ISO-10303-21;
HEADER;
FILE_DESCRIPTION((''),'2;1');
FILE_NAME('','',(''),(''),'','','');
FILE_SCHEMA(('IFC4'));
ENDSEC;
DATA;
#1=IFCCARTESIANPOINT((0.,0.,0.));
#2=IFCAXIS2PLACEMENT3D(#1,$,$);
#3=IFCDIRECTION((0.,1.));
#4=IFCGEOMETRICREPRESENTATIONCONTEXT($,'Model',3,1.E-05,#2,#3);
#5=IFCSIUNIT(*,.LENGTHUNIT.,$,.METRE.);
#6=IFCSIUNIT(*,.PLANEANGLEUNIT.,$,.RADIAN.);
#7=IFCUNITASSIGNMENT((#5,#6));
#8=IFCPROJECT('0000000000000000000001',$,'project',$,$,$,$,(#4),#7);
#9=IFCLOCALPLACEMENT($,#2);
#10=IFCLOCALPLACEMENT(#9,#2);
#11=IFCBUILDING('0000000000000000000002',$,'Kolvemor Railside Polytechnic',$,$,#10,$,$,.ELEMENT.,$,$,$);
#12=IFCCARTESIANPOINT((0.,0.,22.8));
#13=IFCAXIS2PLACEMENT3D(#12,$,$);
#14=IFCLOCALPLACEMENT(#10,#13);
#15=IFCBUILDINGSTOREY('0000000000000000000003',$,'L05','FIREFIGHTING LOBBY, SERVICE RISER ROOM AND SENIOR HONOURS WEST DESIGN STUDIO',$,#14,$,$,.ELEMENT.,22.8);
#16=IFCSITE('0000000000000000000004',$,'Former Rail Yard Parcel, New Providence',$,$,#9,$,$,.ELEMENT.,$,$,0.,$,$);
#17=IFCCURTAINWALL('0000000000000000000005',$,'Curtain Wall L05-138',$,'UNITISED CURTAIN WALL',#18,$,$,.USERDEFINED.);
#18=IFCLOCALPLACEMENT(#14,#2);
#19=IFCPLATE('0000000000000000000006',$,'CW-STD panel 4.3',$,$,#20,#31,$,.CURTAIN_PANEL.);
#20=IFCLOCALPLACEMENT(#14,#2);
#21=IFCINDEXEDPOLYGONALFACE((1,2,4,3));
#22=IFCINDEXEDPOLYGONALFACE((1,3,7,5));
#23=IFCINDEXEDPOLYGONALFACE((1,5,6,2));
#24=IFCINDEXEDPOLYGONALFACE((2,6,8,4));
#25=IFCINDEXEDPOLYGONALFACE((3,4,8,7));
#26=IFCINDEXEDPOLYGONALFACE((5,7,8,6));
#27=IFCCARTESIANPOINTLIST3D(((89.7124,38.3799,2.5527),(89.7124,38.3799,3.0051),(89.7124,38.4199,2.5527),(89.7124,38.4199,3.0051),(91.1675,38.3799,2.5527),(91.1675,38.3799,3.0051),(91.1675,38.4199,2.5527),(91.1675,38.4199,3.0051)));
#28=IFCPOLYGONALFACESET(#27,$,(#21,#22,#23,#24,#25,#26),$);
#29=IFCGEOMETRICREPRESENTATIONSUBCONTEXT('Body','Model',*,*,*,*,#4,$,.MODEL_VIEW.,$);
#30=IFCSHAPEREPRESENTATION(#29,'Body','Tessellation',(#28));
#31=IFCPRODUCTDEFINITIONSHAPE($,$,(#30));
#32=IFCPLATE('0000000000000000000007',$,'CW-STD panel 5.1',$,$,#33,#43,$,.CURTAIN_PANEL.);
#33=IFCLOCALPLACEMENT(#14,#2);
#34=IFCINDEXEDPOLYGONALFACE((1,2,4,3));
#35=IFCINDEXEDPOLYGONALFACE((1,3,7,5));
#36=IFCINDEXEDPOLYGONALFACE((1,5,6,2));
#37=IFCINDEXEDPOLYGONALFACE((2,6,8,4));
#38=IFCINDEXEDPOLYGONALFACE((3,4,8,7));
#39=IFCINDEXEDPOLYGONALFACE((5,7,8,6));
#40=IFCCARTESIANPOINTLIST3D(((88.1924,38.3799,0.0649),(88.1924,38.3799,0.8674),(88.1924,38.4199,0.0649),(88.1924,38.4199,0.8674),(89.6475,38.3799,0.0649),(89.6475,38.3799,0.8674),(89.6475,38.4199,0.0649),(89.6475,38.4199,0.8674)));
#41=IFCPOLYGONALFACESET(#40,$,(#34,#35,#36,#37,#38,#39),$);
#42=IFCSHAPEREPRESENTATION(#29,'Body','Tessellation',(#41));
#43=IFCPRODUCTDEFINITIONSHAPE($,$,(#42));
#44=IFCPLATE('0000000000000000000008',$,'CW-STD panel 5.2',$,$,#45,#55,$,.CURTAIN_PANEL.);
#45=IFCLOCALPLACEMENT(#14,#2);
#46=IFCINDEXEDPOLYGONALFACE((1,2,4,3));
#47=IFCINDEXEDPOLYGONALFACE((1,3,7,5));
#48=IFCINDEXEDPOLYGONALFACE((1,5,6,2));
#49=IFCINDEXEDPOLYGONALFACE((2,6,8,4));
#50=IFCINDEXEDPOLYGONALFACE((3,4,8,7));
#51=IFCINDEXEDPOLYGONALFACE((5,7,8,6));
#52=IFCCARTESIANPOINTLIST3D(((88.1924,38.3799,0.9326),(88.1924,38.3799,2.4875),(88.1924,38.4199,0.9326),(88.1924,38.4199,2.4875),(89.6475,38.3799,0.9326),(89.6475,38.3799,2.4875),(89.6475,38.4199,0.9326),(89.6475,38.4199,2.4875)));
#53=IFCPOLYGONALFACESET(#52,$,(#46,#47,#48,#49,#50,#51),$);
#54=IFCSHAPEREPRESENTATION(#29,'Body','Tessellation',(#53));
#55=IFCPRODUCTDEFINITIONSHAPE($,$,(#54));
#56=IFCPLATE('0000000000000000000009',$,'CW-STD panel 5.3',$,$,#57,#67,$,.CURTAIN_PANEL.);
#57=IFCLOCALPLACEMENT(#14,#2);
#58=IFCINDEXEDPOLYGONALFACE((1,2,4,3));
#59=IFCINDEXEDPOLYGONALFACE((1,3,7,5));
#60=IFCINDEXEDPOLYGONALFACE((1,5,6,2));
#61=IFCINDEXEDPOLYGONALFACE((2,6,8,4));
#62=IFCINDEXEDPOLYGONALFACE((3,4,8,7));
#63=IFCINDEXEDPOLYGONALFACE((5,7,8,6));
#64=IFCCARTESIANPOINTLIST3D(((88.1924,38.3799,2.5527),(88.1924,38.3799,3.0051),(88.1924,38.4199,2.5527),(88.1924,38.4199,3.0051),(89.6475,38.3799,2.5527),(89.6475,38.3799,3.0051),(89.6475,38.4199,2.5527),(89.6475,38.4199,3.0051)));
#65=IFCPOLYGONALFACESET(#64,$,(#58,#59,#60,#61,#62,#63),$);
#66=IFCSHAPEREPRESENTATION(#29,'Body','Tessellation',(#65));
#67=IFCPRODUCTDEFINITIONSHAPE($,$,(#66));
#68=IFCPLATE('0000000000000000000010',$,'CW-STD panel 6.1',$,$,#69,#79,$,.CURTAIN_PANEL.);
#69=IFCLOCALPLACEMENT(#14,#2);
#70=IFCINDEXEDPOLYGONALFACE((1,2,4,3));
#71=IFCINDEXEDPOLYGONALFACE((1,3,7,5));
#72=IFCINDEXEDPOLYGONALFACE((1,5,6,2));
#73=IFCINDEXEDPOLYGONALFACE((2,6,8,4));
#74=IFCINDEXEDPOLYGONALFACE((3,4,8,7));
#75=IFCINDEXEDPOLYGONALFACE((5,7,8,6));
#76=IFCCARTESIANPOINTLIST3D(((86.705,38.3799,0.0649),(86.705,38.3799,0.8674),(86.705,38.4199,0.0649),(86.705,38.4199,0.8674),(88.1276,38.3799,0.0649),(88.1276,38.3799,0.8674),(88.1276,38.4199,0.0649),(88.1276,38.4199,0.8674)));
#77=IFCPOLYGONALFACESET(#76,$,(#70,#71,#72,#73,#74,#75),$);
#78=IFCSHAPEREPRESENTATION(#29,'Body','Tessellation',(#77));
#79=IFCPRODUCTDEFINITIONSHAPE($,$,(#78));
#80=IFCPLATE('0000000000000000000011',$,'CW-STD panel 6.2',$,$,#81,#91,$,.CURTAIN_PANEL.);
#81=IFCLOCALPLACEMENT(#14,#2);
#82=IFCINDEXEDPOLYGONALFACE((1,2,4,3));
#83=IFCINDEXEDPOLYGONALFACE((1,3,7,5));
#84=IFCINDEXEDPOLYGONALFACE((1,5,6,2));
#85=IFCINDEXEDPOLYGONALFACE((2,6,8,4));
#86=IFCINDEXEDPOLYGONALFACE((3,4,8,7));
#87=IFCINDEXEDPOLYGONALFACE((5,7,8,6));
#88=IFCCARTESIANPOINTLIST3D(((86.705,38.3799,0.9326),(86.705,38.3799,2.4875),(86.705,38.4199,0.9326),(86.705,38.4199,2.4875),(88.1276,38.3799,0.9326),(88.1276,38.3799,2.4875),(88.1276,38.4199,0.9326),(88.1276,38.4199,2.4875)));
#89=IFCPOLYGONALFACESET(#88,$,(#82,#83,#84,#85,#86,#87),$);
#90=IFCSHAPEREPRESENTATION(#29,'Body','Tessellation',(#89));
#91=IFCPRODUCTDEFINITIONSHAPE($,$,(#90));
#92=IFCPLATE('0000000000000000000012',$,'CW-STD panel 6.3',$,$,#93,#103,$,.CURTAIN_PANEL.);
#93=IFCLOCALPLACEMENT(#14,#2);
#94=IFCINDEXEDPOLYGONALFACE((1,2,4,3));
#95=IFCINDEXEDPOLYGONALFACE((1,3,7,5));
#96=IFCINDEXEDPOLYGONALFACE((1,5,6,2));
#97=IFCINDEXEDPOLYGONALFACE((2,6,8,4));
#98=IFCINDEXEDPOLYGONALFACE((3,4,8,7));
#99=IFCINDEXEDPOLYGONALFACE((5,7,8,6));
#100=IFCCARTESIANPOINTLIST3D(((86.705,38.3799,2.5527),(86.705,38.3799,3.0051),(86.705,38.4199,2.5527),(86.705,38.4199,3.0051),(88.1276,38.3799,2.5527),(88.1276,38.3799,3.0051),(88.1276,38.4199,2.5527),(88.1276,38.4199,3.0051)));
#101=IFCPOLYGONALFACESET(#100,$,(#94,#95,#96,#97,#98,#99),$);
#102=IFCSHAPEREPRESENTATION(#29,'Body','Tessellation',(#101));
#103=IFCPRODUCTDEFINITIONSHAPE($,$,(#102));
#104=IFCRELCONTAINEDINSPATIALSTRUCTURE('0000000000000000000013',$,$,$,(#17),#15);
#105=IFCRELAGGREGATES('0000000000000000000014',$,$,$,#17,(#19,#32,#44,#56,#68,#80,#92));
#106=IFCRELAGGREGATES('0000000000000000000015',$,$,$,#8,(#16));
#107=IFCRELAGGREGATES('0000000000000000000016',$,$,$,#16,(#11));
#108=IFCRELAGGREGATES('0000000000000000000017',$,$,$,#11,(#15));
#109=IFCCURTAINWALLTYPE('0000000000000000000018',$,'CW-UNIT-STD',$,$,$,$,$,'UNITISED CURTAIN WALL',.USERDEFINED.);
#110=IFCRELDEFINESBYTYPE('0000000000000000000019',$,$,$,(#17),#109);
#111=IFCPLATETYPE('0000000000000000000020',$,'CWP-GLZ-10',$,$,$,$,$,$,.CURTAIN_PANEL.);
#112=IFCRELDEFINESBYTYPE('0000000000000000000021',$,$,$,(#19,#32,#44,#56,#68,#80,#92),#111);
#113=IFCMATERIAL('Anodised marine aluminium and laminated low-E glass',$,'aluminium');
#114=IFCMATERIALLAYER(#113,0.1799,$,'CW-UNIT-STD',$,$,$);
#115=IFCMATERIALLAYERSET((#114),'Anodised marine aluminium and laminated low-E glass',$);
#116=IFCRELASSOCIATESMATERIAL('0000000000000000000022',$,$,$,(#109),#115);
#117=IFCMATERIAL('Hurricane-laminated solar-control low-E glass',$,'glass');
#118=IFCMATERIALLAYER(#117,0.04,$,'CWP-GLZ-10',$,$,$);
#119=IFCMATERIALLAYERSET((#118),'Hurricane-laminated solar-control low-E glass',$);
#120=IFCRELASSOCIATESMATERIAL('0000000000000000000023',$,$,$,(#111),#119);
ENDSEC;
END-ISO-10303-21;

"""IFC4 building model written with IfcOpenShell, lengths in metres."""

from ifc_helpers import new_model, si_unit, direction, frame, origin, origin_2d, place, context, subcontext, project, spatial, rectangle, extrude, material, layer, layer_set, type_object, element, aggregate, save


model = new_model("IFC4")

# Units and contexts
model_context = context("Model", 3, precision=1e-05, world=origin(), true_north=direction((0.0, 1.0)))
body_context = subcontext(model_context, "Body", "Model", "MODEL_VIEW")
ifc_project = project(units=[si_unit("LENGTHUNIT", "METRE"), si_unit("PLANEANGLEUNIT", "RADIAN")], contexts=[model_context])

# Site, building, storey
site_placement = place(None, origin())
site = spatial("IfcSite", under=ifc_project, at=site_placement, Name="Former Rail Yard Parcel, New Providence", CompositionType="ELEMENT", RefElevation=0.0)
building_placement = place(site_placement, origin())
building = spatial("IfcBuilding", under=site, at=building_placement, Name="Kolvemor Railside Polytechnic", CompositionType="ELEMENT")
storey_placement = place(building_placement, frame((0.0, 0.0, 22.8)))
storey = spatial("IfcBuildingStorey", under=building, at=storey_placement, Name="L05", Description="FIREFIGHTING LOBBY, SERVICE RISER ROOM AND SENIOR HONOURS WEST DESIGN STUDIO", CompositionType="ELEMENT", Elevation=22.8)

# Curtain wall, plates
ifc_material_1 = material(Name="Anodised marine aluminium and laminated low-E glass", Category="aluminium")
ifc_layer_1 = layer(ifc_material_1, 0.1799, Name="CW-UNIT-STD")
ifc_layer_set_1 = layer_set([ifc_layer_1], Name="Anodised marine aluminium and laminated low-E glass")
curtain_wall_type = type_object("IfcCurtainWallType", Name="CW-UNIT-STD", ElementType="UNITISED CURTAIN WALL", PredefinedType="USERDEFINED", material=ifc_layer_set_1)
curtain_wall_placement = place(storey_placement, origin())
curtain_wall = element("IfcCurtainWall", 1, at=curtain_wall_placement, inside=storey, type_object=curtain_wall_type, Name="Curtain Wall L05-138", ObjectType="UNITISED CURTAIN WALL", PredefinedType="USERDEFINED")
ifc_material_2 = material(Name="Hurricane-laminated solar-control low-E glass", Category="glass")
ifc_layer_2 = layer(ifc_material_2, 0.04, Name="CWP-GLZ-10")
ifc_layer_set_2 = layer_set([ifc_layer_2], Name="Hurricane-laminated solar-control low-E glass")
plate_type = type_object("IfcPlateType", Name="CWP-GLZ-10", PredefinedType="CURTAIN_PANEL", material=ifc_layer_set_2)
plate_1_placement = place(storey_placement, frame((90.4399, 38.3999, 2.5527), z_axis=(0.0, 0.0, 1.0), x_axis=(-1.0, 0.0, 0.0)))
plate_1 = element("IfcPlate", 2, at=plate_1_placement, type_object=plate_type, Name="CW-STD panel 4.3", PredefinedType="CURTAIN_PANEL", context=body_context, shape_type="SweptSolid", body=[
    extrude(rectangle(XDim=1.4551, YDim=0.04, at=origin_2d()), origin(), (0.0, 0.0, 1.0), 0.4524),
])
plate_2_placement = place(storey_placement, frame((88.9199, 38.3999, 0.0649), z_axis=(0.0, 0.0, 1.0), x_axis=(-1.0, 0.0, 0.0)))
plate_2 = element("IfcPlate", 3, at=plate_2_placement, type_object=plate_type, Name="CW-STD panel 5.1", PredefinedType="CURTAIN_PANEL", context=body_context, shape_type="SweptSolid", body=[
    extrude(rectangle(XDim=1.4551, YDim=0.04, at=origin_2d()), origin(), (0.0, 0.0, 1.0), 0.8025),
])
plate_3_placement = place(storey_placement, frame((88.9199, 38.3999, 0.9326), z_axis=(0.0, 0.0, 1.0), x_axis=(-1.0, 0.0, 0.0)))
plate_3 = element("IfcPlate", 4, at=plate_3_placement, type_object=plate_type, Name="CW-STD panel 5.2", PredefinedType="CURTAIN_PANEL", context=body_context, shape_type="SweptSolid", body=[
    extrude(rectangle(XDim=1.4551, YDim=0.04, at=origin_2d()), origin(), (0.0, 0.0, 1.0), 1.5549),
])
plate_4_placement = place(storey_placement, frame((88.9199, 38.3999, 2.5527), z_axis=(0.0, 0.0, 1.0), x_axis=(-1.0, 0.0, 0.0)))
plate_4 = element("IfcPlate", 5, at=plate_4_placement, type_object=plate_type, Name="CW-STD panel 5.3", PredefinedType="CURTAIN_PANEL", context=body_context, shape_type="SweptSolid", body=[
    extrude(rectangle(XDim=1.4551, YDim=0.04, at=origin_2d()), origin(), (0.0, 0.0, 1.0), 0.4524),
])
plate_5_placement = place(storey_placement, frame((87.4163, 38.3999, 0.0649), z_axis=(0.0, 0.0, 1.0), x_axis=(-1.0, 0.0, 0.0)))
plate_5 = element("IfcPlate", 6, at=plate_5_placement, type_object=plate_type, Name="CW-STD panel 6.1", PredefinedType="CURTAIN_PANEL", context=body_context, shape_type="SweptSolid", body=[
    extrude(rectangle(XDim=1.4226, YDim=0.04, at=origin_2d()), origin(), (0.0, 0.0, 1.0), 0.8025),
])
plate_6_placement = place(storey_placement, frame((87.4163, 38.3999, 0.9326), z_axis=(0.0, 0.0, 1.0), x_axis=(-1.0, 0.0, 0.0)))
plate_6 = element("IfcPlate", 7, at=plate_6_placement, type_object=plate_type, Name="CW-STD panel 6.2", PredefinedType="CURTAIN_PANEL", context=body_context, shape_type="SweptSolid", body=[
    extrude(rectangle(XDim=1.4226, YDim=0.04, at=origin_2d()), origin(), (0.0, 0.0, 1.0), 1.5549),
])
plate_7_placement = place(storey_placement, frame((87.4163, 38.3999, 2.5527), z_axis=(0.0, 0.0, 1.0), x_axis=(-1.0, 0.0, 0.0)))
plate_7 = element("IfcPlate", 8, at=plate_7_placement, type_object=plate_type, Name="CW-STD panel 6.3", PredefinedType="CURTAIN_PANEL", context=body_context, shape_type="SweptSolid", body=[
    extrude(rectangle(XDim=1.4226, YDim=0.04, at=origin_2d()), origin(), (0.0, 0.0, 1.0), 0.4524),
])
aggregate(curtain_wall, [plate_1, plate_2, plate_3, plate_4, plate_5, plate_6, plate_7])

save(model, "model.ifc")
